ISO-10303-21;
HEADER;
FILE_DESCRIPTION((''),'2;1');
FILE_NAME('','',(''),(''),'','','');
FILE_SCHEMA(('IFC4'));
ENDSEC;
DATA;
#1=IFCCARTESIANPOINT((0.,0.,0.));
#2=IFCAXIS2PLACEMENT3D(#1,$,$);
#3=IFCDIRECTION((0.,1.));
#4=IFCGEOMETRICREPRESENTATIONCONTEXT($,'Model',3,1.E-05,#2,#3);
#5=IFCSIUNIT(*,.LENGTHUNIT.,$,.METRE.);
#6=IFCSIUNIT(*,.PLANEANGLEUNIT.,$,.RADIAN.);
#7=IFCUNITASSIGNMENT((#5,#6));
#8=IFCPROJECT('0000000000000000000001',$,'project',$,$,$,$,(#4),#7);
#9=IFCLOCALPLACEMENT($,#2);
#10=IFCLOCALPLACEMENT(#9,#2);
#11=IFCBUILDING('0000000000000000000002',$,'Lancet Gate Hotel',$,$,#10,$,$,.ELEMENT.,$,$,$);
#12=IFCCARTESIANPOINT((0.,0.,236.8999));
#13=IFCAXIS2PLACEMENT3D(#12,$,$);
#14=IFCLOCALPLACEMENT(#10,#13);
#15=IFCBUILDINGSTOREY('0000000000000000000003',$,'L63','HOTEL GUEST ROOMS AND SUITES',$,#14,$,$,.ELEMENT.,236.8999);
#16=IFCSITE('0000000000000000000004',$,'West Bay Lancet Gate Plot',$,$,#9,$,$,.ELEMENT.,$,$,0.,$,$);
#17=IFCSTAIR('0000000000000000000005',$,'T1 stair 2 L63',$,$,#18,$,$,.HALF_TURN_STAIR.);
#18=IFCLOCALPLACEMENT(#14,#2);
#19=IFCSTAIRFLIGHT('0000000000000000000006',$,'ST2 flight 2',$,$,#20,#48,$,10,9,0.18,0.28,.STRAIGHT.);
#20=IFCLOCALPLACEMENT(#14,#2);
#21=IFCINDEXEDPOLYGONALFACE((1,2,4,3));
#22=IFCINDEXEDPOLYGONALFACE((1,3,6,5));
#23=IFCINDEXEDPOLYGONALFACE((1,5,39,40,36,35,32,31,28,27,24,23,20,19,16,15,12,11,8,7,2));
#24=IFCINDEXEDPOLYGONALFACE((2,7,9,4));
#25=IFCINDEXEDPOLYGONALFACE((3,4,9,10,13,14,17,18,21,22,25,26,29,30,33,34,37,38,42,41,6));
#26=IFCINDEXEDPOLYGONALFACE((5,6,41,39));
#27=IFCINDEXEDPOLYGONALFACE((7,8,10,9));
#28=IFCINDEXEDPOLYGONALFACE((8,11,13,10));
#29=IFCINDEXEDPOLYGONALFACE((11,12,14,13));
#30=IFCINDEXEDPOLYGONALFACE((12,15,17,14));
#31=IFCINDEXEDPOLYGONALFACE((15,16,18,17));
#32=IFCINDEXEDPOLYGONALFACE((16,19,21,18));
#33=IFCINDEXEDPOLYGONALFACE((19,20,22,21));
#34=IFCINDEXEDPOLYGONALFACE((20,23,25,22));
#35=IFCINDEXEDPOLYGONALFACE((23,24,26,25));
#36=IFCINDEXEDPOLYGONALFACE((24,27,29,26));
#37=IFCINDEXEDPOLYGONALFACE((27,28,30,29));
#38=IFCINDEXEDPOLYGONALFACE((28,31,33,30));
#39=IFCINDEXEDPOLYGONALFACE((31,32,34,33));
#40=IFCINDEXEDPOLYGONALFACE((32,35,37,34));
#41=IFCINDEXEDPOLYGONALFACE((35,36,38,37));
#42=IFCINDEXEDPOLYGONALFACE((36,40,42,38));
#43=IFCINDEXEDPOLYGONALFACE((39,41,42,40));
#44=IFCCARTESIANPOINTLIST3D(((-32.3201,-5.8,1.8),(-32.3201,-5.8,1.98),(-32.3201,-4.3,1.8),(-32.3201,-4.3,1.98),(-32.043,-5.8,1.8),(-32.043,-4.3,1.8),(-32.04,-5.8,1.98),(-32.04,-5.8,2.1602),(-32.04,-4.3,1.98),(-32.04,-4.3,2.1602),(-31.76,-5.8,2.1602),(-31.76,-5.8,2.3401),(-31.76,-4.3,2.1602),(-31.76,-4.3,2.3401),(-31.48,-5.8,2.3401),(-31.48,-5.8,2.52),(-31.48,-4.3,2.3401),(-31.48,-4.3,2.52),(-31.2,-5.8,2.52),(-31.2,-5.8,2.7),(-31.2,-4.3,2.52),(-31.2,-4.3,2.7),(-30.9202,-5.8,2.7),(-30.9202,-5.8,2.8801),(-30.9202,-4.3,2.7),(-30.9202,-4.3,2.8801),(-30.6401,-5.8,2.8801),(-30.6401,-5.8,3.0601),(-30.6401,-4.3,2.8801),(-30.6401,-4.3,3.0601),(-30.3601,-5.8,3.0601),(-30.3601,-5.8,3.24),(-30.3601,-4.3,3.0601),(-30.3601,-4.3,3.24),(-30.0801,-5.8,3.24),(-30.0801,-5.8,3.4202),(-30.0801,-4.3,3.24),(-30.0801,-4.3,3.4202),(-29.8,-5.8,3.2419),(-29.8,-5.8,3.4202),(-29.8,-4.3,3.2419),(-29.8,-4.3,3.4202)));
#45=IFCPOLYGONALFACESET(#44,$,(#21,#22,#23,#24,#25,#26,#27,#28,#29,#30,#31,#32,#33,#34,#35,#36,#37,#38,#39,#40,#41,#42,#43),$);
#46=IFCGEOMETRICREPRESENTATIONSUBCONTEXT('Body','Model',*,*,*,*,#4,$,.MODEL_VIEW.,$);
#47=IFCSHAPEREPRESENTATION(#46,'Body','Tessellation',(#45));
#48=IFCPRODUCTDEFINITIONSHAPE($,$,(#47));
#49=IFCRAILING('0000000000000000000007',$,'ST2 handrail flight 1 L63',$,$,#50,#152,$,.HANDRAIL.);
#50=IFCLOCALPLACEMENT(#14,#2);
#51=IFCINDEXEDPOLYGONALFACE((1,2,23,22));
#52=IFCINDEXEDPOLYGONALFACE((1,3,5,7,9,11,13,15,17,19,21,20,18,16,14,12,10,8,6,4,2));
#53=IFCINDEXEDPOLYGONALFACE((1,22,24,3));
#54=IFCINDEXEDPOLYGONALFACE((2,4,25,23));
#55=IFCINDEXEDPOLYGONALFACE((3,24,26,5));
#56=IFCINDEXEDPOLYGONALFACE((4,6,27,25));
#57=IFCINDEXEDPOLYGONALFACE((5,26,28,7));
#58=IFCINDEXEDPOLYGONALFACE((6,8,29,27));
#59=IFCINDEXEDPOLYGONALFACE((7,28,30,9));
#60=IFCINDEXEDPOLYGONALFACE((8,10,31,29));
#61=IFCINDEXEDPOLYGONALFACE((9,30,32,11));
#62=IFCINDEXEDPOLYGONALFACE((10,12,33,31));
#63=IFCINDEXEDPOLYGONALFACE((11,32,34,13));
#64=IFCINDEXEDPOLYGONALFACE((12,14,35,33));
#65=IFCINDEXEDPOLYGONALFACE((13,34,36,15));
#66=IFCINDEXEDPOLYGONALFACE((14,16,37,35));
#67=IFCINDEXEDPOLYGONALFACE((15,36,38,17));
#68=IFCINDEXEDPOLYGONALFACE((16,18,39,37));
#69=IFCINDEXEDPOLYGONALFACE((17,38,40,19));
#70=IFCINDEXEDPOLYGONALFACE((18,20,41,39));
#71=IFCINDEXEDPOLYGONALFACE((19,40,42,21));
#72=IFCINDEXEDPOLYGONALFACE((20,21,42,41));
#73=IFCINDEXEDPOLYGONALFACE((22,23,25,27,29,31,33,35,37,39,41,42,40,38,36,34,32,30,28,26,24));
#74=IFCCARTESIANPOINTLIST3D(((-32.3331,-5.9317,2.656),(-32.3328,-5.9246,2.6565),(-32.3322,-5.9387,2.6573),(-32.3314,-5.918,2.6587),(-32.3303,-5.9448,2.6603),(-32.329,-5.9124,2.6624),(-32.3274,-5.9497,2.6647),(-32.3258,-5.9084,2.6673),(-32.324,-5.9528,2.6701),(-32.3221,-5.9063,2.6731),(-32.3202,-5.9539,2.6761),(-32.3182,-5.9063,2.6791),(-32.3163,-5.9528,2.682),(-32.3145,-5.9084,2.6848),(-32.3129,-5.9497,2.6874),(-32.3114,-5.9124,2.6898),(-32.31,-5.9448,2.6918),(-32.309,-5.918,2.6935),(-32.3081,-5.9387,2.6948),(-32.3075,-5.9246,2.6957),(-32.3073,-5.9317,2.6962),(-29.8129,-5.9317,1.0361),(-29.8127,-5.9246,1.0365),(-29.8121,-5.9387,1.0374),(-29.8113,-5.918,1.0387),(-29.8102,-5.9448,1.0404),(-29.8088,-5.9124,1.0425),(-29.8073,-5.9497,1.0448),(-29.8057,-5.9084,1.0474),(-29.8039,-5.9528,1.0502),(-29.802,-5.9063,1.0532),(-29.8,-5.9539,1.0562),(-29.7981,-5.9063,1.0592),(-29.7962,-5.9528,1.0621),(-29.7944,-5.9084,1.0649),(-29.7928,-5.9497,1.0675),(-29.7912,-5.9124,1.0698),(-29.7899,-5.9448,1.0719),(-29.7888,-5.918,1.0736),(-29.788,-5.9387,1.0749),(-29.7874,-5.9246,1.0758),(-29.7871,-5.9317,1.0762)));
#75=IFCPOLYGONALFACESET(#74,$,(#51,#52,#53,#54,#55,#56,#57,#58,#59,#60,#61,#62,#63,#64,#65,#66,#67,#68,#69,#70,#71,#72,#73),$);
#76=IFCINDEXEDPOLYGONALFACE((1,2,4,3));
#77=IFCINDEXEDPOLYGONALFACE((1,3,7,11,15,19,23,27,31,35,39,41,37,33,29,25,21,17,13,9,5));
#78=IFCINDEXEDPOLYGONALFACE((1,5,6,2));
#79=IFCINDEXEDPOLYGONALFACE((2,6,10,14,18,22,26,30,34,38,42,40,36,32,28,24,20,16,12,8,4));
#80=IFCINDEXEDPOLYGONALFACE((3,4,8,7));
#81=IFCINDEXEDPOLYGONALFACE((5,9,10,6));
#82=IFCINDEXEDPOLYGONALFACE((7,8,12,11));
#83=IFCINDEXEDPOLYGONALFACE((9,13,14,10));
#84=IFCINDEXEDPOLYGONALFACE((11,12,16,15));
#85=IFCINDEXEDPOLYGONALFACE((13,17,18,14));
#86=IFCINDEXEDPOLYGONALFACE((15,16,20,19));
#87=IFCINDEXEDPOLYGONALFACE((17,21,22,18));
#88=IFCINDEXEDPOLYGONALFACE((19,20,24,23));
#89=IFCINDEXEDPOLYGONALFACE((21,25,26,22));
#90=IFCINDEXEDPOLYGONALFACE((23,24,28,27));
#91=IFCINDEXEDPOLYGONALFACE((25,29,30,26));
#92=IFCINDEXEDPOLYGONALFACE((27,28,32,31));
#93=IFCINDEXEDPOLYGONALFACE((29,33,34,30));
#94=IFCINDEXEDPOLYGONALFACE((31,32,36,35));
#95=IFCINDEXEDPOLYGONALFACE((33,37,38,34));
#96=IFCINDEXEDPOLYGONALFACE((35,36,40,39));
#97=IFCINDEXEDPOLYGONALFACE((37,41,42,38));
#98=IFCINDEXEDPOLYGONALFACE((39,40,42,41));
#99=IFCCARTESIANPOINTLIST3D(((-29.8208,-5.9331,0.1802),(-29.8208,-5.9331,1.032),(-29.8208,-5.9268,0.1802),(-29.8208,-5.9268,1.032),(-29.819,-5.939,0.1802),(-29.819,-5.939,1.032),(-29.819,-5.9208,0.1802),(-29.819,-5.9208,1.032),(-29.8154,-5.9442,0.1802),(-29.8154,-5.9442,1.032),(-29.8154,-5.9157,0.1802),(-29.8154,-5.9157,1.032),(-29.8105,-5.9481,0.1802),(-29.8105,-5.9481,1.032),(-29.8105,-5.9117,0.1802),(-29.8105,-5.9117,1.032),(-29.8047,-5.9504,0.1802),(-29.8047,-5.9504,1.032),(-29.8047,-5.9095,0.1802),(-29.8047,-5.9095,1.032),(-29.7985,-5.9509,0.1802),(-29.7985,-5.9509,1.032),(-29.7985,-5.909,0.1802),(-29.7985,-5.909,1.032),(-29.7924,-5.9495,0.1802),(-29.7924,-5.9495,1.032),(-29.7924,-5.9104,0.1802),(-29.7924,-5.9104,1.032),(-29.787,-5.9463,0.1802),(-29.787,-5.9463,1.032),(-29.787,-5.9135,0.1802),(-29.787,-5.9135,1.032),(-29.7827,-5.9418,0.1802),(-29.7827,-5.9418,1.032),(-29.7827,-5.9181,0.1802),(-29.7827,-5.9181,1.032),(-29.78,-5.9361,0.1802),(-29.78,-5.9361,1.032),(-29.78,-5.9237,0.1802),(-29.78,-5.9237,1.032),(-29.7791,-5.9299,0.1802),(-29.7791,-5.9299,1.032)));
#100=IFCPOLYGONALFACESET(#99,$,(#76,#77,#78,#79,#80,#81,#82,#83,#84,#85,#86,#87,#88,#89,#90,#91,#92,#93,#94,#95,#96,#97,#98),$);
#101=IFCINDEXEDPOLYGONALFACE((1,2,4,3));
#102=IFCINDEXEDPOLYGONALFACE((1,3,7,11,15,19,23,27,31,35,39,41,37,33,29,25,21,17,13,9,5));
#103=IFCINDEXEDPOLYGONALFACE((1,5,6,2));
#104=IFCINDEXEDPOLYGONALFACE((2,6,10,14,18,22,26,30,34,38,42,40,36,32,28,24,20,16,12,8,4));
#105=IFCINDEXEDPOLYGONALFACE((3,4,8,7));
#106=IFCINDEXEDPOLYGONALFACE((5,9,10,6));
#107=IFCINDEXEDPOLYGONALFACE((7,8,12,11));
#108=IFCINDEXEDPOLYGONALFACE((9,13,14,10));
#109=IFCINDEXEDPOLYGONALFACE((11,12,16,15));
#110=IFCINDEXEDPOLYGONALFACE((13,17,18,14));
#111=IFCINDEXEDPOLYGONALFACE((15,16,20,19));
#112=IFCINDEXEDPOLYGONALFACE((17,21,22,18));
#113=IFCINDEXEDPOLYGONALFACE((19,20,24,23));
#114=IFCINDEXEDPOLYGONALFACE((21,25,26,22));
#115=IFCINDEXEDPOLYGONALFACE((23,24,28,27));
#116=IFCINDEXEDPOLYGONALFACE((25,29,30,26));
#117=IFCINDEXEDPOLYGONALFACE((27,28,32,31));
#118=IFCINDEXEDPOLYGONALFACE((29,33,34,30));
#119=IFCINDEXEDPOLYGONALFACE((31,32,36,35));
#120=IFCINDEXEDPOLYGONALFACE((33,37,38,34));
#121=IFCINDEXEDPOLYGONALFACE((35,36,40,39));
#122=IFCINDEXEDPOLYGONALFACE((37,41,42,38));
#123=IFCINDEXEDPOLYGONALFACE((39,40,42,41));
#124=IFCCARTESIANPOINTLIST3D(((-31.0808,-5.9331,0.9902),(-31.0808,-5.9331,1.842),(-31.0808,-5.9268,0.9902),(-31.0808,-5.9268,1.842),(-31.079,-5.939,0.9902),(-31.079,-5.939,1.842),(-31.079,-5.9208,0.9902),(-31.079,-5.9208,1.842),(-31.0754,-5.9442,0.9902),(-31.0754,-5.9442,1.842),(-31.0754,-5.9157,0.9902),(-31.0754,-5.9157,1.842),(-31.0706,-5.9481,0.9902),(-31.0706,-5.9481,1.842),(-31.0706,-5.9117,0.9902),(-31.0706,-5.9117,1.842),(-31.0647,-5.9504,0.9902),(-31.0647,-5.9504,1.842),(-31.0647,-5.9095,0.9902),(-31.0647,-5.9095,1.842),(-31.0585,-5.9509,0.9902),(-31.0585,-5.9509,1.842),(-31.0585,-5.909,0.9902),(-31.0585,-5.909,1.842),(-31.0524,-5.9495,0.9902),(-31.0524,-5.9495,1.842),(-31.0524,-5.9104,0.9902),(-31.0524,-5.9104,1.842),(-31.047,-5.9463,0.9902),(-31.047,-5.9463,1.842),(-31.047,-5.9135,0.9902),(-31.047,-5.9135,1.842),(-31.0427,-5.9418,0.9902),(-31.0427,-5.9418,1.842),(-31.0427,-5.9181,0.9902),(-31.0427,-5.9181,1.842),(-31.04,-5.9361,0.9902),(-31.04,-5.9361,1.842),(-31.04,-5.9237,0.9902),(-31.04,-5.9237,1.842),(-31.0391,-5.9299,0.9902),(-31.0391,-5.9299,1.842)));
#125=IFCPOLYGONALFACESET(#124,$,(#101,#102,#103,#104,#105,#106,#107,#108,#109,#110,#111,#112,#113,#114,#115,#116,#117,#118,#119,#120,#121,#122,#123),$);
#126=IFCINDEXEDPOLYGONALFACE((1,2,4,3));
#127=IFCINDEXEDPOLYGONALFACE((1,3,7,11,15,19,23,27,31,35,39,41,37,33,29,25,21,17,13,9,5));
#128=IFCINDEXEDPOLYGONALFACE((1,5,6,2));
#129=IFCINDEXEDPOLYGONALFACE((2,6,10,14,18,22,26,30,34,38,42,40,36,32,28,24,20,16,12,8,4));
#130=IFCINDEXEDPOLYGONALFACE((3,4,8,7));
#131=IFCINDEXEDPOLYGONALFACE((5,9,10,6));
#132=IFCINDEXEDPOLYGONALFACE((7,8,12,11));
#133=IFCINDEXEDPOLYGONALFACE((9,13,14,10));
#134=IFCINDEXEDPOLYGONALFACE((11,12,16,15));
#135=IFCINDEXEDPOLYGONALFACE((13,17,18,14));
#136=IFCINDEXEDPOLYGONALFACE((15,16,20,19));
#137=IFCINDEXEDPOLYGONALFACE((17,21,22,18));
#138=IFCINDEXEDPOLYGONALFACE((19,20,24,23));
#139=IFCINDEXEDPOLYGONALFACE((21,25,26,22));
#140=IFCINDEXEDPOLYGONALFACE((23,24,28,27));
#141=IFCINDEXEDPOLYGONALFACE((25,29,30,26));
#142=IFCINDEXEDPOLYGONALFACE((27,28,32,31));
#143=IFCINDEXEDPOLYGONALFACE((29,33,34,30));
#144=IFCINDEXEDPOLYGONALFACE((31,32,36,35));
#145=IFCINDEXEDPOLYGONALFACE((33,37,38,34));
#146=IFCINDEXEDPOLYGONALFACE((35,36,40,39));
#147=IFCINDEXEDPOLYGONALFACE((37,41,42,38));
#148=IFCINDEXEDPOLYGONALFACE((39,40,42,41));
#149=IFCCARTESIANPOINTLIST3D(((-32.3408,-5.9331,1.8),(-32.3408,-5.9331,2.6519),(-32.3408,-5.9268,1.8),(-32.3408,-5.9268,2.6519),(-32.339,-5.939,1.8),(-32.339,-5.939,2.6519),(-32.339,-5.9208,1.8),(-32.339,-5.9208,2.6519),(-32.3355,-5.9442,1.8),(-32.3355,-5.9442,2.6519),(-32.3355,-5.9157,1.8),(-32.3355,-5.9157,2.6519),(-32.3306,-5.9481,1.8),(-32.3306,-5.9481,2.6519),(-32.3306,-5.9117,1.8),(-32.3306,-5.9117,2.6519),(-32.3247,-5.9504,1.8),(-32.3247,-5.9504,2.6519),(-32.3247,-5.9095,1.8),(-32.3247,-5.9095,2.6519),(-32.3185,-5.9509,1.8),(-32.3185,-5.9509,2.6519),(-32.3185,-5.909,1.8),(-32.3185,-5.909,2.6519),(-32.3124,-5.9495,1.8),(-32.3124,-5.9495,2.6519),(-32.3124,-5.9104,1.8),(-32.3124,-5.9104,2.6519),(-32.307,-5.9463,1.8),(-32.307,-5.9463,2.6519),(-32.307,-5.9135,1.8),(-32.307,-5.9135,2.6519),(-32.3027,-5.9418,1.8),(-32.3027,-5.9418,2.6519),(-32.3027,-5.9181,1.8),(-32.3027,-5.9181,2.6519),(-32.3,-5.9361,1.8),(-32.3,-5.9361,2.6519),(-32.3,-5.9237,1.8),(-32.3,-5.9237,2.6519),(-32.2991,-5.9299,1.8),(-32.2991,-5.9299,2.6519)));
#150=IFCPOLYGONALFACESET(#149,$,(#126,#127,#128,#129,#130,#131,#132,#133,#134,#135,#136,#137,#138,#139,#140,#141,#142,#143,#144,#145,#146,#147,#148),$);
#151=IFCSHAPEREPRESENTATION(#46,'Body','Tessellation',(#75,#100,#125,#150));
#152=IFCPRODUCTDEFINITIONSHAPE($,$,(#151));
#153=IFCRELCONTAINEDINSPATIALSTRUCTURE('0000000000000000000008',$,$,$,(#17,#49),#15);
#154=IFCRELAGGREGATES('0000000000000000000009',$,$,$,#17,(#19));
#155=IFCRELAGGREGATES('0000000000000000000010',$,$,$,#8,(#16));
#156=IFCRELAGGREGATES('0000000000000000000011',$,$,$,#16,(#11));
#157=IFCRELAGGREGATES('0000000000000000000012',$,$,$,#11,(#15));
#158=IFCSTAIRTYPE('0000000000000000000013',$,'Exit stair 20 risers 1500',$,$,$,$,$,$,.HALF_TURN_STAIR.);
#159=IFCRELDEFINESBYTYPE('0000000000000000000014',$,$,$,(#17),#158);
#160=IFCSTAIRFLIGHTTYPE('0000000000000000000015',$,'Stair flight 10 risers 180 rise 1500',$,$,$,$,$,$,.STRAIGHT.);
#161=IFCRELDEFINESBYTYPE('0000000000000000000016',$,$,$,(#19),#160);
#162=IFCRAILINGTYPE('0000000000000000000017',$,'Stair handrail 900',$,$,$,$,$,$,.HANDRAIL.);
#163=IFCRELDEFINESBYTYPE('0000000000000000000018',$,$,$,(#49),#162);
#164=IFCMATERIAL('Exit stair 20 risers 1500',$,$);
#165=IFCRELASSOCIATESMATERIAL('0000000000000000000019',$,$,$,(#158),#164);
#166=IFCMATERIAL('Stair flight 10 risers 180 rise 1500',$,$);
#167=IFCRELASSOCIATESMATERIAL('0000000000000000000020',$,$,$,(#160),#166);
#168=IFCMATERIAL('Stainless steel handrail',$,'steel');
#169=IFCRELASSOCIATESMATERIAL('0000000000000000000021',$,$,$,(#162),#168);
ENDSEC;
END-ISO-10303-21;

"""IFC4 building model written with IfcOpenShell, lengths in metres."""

from ifc_helpers import new_model, si_unit, direction, frame, origin, origin_2d, place, context, subcontext, project, spatial, polyline, circle, outline, extrude, material, type_object, element, aggregate, save


model = new_model("IFC4")

# Units and contexts
model_context = context("Model", 3, precision=1e-05, world=origin(), true_north=direction((0.0, 1.0)))
body_context = subcontext(model_context, "Body", "Model", "MODEL_VIEW")
ifc_project = project(units=[si_unit("LENGTHUNIT", "METRE"), si_unit("PLANEANGLEUNIT", "RADIAN")], contexts=[model_context])

# Site, building, storey
site_placement = place(None, origin())
site = spatial("IfcSite", under=ifc_project, at=site_placement, Name="West Bay Lancet Gate Plot", CompositionType="ELEMENT", RefElevation=0.0)
building_placement = place(site_placement, origin())
building = spatial("IfcBuilding", under=site, at=building_placement, Name="Lancet Gate Hotel", CompositionType="ELEMENT")
storey_placement = place(building_placement, frame((0.0, 0.0, 236.8999)))
storey = spatial("IfcBuildingStorey", under=building, at=storey_placement, Name="L63", Description="HOTEL GUEST ROOMS AND SUITES", CompositionType="ELEMENT", Elevation=236.8999)

# Stair, stair flight
ifc_material_1 = material(Name="Exit stair 20 risers 1500")
stair_type = type_object("IfcStairType", Name="Exit stair 20 risers 1500", PredefinedType="HALF_TURN_STAIR", material=ifc_material_1)
stair_placement = place(storey_placement, origin())
stair = element("IfcStair", 1, at=stair_placement, inside=storey, type_object=stair_type, Name="T1 stair 2 L63", PredefinedType="HALF_TURN_STAIR")
ifc_material_2 = material(Name="Stair flight 10 risers 180 rise 1500")
stair_flight_type = type_object("IfcStairFlightType", Name="Stair flight 10 risers 180 rise 1500", PredefinedType="STRAIGHT", material=ifc_material_2)
stair_flight_1_placement = place(storey_placement, frame((-32.3201, -5.05, 1.8), z_axis=(0.0, 0.0, 1.0), x_axis=(1.0, 0.0, 0.0)))
stair_flight_1 = element("IfcStairFlight", 2, at=stair_flight_1_placement, type_object=stair_flight_type, Name="ST2 flight 2", NumberOfRisers=10, NumberOfTreads=9, PredefinedType="STRAIGHT", RiserHeight=0.18, TreadLength=0.28, context=body_context, shape_type="SweptSolid", body=[
    extrude(outline(polyline([(0.0, 0.0), (0.0, 0.1799), (0.28, 0.1799), (0.28, 0.3601), (0.5601, 0.3601), (0.5601, 0.54), (0.8401, 0.54), (0.8401, 0.72), (1.1201, 0.72), (1.1201, 0.8999), (1.3999, 0.8999), (1.3999, 1.0801), (1.6799, 1.0801), (1.6799, 1.26), (1.96, 1.26), (1.96, 1.4399), (2.24, 1.4399), (2.24, 1.6201), (2.52, 1.6201), (2.52, 1.8), (2.52, 1.4419), (0.2771, 0.0), (0.0, 0.0)])), frame((0.0, 0.75, 0.0), z_axis=(0.0, -1.0, 0.0), x_axis=(1.0, 0.0, 0.0)), (0.0, 0.0, 1.0), 1.5),
])
aggregate(stair, [stair_flight_1])

# Railing
ifc_material_3 = material(Name="Stainless steel handrail", Category="steel")
railing_type = type_object("IfcRailingType", Name="Stair handrail 900", PredefinedType="HANDRAIL", material=ifc_material_3)
railing_1_placement = place(storey_placement, frame((-29.8, -5.9299, 0.1802)))
element("IfcRailing", 3, at=railing_1_placement, inside=storey, type_object=railing_type, Name="ST2 handrail flight 1 L63", PredefinedType="HANDRAIL", context=body_context, shape_type="SweptSolid", body=[
    extrude(circle(Radius=0.0239, at=origin_2d()), frame((0.0, 0.0, 0.876), z_axis=(-0.8412, 0.0, 0.540725), x_axis=(0.0, -1.0, 0.0)), (0.0, 0.0, 1.0), 2.9958),
    extrude(circle(Radius=0.021, at=origin_2d()), origin(), (0.0, 0.0, 1.0), 0.8518),
    extrude(circle(Radius=0.021, at=origin_2d()), frame((-1.26, 0.0, 0.8101)), (0.0, 0.0, 1.0), 0.8518),
    extrude(circle(Radius=0.021, at=origin_2d()), frame((-2.52, 0.0, 1.6199)), (0.0, 0.0, 1.0), 0.8518),
])

save(model, "model.ifc")
